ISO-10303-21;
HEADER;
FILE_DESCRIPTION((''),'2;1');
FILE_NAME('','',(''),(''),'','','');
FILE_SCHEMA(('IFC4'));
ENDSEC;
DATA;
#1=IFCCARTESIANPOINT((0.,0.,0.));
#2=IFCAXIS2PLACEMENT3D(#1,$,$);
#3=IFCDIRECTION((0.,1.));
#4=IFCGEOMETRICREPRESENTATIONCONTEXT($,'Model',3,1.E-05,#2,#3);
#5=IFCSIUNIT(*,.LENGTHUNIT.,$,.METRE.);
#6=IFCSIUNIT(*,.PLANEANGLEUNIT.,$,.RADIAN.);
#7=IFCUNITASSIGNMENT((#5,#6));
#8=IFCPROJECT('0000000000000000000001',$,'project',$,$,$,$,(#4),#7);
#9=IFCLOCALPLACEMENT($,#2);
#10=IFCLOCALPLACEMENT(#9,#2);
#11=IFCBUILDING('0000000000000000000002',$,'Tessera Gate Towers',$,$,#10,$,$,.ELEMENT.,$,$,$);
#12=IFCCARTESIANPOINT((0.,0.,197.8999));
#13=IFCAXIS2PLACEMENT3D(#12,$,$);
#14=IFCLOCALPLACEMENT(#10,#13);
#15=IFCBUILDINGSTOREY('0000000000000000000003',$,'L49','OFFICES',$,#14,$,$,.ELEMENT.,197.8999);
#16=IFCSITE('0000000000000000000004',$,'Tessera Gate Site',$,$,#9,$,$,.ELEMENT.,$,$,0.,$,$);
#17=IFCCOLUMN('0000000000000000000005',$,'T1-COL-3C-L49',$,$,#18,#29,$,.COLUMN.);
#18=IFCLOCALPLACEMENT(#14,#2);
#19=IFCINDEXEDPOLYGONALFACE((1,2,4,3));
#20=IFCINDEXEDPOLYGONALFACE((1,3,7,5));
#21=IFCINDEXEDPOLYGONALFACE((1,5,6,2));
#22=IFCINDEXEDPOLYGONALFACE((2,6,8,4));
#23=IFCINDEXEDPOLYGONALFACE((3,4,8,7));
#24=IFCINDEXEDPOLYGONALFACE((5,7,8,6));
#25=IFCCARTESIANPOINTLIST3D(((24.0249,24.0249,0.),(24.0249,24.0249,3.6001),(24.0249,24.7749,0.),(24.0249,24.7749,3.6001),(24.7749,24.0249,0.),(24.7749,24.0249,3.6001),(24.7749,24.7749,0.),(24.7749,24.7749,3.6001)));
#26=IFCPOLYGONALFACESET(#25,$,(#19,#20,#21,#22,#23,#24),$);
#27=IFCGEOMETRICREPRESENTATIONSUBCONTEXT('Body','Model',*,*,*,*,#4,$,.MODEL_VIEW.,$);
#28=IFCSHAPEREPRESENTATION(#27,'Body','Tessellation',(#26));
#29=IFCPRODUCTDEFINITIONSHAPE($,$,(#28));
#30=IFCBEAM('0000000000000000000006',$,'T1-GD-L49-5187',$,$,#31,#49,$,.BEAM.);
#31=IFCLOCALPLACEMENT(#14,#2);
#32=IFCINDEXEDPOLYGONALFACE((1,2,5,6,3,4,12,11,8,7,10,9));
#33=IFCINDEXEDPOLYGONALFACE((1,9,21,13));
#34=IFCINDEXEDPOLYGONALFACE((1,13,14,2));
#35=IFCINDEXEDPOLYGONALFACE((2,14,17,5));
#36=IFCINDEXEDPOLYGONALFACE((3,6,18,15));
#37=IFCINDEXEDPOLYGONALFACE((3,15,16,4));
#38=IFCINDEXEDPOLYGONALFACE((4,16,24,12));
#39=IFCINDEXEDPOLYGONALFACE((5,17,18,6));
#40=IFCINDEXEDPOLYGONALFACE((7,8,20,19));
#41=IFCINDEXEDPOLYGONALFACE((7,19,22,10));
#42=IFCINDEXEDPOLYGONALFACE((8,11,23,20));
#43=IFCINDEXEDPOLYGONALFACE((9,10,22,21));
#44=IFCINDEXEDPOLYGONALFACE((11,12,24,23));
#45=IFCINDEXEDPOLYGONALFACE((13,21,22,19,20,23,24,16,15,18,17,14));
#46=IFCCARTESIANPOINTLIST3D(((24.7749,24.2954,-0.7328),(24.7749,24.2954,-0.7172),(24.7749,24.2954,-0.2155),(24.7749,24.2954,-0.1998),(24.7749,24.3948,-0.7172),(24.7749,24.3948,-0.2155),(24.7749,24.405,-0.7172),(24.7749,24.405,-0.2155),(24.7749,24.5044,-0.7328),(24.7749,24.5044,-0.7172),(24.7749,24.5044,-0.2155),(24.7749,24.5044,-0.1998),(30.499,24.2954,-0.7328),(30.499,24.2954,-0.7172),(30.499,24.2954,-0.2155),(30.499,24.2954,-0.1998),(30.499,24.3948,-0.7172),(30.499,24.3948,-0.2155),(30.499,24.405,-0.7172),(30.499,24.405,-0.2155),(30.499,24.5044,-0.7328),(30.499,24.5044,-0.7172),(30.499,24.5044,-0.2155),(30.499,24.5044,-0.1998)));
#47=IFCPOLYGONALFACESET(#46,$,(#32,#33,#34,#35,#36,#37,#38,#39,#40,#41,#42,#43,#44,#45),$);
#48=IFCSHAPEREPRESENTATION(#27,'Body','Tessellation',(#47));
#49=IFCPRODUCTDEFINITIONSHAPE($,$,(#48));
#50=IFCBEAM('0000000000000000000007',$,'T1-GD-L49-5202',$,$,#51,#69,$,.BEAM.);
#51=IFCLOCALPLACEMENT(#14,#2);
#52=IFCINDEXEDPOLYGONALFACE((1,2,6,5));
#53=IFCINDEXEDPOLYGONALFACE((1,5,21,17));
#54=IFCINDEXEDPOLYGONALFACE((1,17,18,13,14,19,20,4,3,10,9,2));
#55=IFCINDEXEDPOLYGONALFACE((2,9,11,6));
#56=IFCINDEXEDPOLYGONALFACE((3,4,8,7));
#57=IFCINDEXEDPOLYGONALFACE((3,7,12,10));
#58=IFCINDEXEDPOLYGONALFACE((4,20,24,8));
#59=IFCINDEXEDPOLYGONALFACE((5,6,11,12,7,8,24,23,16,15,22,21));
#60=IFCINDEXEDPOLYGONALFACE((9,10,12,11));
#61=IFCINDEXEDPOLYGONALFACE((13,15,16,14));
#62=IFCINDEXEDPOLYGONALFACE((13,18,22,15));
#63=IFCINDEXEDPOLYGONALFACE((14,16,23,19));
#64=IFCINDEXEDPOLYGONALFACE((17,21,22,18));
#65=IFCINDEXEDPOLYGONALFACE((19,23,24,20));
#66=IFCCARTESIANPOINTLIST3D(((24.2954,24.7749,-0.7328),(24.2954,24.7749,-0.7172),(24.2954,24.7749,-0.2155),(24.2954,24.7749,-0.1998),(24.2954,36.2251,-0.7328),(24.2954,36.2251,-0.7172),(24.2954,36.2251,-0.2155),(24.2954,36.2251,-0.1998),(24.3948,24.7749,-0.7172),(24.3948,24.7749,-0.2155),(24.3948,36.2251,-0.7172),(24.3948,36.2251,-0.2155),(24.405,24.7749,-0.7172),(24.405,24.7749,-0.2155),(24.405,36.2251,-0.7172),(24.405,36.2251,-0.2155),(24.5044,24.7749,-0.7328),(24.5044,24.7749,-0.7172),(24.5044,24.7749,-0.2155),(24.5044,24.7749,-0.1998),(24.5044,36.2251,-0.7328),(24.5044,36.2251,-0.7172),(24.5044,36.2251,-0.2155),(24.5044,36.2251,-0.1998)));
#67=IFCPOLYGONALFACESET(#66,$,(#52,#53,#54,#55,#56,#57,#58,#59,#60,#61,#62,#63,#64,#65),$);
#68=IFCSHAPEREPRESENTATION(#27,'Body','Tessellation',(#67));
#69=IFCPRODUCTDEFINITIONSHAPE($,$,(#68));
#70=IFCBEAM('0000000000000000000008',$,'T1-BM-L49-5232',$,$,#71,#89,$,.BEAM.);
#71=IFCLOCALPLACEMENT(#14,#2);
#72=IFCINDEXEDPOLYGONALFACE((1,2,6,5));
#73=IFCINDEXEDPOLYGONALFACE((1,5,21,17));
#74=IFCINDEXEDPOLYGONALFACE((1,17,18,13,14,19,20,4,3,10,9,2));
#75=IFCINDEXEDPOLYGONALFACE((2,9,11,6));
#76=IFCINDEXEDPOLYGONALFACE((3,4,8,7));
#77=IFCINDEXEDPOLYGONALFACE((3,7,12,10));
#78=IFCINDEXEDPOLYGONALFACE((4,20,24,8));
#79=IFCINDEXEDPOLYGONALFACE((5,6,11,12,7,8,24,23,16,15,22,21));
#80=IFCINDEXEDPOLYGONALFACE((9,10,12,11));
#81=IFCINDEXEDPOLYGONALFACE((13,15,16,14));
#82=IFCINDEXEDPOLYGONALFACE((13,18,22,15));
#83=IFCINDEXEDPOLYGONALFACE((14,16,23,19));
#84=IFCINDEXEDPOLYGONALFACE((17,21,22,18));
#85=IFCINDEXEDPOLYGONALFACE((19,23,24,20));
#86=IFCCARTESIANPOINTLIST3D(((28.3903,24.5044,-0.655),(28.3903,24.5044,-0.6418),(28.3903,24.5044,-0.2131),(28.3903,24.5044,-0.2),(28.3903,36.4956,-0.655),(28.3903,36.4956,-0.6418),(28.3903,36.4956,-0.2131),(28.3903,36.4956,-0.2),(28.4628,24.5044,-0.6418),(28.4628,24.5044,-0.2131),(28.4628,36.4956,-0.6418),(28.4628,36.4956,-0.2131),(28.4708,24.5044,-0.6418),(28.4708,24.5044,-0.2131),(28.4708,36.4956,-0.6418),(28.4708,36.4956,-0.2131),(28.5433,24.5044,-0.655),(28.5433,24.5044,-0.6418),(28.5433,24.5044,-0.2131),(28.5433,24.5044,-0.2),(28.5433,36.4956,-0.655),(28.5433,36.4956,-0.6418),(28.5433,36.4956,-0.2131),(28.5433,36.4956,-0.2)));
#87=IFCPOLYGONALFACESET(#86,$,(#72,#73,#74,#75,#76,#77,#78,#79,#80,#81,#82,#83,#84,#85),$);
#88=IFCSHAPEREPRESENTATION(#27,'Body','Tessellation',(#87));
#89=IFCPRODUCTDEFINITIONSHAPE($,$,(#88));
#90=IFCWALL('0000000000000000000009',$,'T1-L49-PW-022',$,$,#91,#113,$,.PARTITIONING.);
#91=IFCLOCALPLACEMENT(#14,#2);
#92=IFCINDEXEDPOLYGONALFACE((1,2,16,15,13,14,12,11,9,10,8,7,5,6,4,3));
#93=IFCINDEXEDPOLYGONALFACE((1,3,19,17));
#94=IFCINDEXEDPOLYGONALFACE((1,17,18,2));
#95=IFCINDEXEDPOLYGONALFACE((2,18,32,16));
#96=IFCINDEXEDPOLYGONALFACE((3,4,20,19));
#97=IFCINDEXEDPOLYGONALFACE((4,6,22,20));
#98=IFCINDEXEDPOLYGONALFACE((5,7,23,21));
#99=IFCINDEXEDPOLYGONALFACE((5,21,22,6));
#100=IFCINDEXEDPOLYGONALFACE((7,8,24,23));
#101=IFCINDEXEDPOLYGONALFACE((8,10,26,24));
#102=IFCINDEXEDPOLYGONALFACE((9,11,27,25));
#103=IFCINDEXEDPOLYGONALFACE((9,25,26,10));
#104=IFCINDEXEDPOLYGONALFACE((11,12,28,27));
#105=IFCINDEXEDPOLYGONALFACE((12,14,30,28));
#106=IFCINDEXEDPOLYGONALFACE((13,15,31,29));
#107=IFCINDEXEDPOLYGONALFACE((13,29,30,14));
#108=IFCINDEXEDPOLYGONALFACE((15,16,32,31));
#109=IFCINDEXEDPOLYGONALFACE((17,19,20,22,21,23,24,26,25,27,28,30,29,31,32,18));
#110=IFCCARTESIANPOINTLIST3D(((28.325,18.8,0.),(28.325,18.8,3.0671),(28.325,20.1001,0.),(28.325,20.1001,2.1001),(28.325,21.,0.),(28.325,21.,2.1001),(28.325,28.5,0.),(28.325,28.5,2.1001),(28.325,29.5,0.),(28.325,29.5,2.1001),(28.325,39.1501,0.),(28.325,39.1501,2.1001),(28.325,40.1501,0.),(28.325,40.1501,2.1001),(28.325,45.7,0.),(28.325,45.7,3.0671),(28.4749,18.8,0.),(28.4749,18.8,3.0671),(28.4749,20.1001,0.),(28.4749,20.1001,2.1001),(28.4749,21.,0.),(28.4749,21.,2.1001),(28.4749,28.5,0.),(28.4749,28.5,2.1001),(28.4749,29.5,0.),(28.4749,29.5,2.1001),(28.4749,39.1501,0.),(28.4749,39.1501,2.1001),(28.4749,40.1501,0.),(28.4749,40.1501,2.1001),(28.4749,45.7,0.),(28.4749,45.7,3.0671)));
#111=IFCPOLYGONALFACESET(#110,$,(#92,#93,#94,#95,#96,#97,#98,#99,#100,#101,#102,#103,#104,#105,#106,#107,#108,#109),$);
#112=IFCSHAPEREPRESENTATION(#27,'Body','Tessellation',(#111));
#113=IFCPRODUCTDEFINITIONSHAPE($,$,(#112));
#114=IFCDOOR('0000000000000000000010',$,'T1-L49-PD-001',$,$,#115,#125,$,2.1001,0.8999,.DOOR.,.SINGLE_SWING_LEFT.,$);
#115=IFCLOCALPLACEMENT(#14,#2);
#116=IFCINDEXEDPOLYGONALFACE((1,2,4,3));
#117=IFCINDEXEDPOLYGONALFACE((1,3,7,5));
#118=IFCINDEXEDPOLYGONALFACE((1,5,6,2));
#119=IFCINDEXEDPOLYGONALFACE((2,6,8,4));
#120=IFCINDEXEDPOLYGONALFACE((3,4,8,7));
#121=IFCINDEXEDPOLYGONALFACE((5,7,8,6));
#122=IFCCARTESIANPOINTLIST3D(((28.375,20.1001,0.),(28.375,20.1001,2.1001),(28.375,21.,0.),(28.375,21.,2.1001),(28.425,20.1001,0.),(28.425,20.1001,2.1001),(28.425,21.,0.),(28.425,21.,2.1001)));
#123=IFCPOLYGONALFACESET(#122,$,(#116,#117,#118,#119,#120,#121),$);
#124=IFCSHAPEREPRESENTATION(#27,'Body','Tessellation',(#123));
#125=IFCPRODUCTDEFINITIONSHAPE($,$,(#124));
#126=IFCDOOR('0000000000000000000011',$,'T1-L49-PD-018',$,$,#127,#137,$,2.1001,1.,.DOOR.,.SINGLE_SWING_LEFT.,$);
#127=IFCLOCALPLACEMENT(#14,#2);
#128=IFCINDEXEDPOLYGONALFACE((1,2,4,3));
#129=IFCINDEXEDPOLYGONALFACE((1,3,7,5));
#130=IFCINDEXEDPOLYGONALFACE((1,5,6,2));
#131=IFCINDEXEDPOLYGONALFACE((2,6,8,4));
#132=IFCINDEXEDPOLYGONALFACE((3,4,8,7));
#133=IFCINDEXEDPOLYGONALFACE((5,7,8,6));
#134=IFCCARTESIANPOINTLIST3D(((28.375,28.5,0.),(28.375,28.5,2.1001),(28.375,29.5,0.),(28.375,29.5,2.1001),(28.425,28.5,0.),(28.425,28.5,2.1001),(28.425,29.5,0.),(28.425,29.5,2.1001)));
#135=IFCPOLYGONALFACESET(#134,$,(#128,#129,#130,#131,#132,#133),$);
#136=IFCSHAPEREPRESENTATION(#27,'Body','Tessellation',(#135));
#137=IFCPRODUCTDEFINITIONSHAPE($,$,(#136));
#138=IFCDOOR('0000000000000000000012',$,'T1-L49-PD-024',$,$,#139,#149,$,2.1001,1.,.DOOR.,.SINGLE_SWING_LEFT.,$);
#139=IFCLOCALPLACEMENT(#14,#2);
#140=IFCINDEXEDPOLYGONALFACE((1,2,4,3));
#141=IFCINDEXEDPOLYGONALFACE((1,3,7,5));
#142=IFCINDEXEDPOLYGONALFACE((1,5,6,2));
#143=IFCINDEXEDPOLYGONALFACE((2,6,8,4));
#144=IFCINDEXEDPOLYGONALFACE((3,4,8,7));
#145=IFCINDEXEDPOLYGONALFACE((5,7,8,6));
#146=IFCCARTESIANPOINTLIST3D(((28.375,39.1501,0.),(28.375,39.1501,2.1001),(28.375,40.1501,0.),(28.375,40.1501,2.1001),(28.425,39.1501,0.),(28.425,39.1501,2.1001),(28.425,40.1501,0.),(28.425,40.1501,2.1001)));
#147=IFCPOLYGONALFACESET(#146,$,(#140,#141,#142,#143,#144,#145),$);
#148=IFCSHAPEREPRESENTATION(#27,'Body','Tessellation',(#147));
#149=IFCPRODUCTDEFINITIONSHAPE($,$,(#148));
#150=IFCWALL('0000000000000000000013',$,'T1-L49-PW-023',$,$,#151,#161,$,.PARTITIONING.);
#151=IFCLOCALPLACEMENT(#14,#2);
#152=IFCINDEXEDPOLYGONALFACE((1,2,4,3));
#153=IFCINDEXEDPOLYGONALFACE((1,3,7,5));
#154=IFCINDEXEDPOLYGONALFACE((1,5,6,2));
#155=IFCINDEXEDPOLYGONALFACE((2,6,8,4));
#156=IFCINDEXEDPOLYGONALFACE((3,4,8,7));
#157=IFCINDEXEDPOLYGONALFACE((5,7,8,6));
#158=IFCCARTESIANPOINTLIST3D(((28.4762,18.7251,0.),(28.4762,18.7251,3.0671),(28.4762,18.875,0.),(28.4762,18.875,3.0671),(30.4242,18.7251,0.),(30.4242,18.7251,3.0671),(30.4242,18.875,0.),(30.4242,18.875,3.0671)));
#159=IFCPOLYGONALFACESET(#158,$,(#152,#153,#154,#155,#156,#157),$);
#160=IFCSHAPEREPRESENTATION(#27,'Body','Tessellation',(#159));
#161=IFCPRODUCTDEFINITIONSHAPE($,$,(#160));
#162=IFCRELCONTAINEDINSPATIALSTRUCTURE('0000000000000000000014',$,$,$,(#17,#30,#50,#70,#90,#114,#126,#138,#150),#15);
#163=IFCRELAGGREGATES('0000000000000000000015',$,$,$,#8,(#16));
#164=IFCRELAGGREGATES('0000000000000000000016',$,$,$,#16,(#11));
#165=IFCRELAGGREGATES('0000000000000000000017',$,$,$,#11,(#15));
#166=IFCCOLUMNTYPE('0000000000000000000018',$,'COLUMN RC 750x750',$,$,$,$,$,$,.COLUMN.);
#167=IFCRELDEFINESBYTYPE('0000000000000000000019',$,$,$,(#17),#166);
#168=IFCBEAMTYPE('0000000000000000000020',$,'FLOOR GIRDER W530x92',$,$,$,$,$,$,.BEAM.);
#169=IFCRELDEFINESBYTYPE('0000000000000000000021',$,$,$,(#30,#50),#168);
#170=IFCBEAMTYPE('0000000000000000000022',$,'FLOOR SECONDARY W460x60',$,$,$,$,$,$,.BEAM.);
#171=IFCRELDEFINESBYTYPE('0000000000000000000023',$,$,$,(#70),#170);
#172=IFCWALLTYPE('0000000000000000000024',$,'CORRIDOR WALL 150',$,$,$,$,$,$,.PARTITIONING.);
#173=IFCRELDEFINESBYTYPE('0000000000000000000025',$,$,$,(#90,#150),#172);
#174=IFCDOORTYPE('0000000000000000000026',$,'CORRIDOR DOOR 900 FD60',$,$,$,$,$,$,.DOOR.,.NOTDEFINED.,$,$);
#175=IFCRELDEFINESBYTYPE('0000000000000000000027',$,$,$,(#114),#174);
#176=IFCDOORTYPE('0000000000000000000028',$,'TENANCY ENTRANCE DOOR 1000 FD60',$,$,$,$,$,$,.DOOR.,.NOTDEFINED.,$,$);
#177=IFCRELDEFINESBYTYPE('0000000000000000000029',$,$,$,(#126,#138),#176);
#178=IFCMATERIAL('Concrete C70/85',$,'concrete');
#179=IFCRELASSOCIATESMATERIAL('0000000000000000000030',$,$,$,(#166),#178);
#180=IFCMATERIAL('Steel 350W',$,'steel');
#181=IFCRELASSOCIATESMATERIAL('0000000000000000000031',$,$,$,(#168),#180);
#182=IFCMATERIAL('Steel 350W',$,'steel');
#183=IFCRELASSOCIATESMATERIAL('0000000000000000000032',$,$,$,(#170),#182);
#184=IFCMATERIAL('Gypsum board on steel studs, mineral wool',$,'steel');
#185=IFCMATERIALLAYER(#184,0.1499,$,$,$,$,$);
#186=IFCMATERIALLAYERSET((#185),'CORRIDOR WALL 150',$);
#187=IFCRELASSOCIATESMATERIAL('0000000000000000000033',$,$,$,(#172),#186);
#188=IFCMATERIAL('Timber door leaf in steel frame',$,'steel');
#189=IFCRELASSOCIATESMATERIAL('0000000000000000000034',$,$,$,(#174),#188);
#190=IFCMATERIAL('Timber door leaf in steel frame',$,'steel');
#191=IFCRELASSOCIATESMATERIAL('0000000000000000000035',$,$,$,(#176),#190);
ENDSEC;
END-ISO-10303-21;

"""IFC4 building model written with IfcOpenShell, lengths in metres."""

from ifc_helpers import new_model, si_unit, direction, frame, frame_2d, origin, origin_2d, place, context, subcontext, project, spatial, rectangle, i_section, extrude, source, transform, mapped, material, layer, layer_set, material_profile, profile_set, type_object, element, fill, save


model = new_model("IFC4")

# Units and contexts
model_context = context("Model", 3, precision=1e-05, world=origin(), true_north=direction((0.0, 1.0)))
body_context = subcontext(model_context, "Body", "Model", "MODEL_VIEW")
ifc_project = project(units=[si_unit("LENGTHUNIT", "METRE"), si_unit("PLANEANGLEUNIT", "RADIAN")], contexts=[model_context])

# Site, building, storey
site_placement = place(None, origin())
site = spatial("IfcSite", under=ifc_project, at=site_placement, Name="Tessera Gate Site", CompositionType="ELEMENT", RefElevation=0.0)
building_placement = place(site_placement, origin())
building = spatial("IfcBuilding", under=site, at=building_placement, Name="Tessera Gate Towers", CompositionType="ELEMENT")
storey_placement = place(building_placement, frame((0.0, 0.0, 197.8999)))
storey = spatial("IfcBuildingStorey", under=building, at=storey_placement, Name="L49", Description="OFFICES", CompositionType="ELEMENT", Elevation=197.8999)

# Column
ifc_material_1 = material(Name="Concrete C70/85", Category="concrete")
ifc_material_profile_1 = material_profile(ifc_material_1, rectangle(XDim=0.75, YDim=0.75, at=origin_2d()), Name="RC 750x750")
ifc_profile_set_1 = profile_set([ifc_material_profile_1], Name="Concrete C70/85")
column_type = type_object("IfcColumnType", Name="COLUMN RC 750x750", PredefinedType="COLUMN", material=ifc_profile_set_1)
column_placement = place(storey_placement, frame((24.3999, 24.3999, 0.0), z_axis=(0.0, 0.0, 1.0), x_axis=(1.0, 0.0, 0.0)))
element("IfcColumn", 1, at=column_placement, inside=storey, type_object=column_type, Name="T1-COL-3C-L49", PredefinedType="COLUMN", context=body_context, shape_type="SweptSolid", body=[
    extrude(rectangle(XDim=0.75, YDim=0.75, at=origin_2d()), origin(), (0.0, 0.0, 1.0), 3.6001),
])

# Beams
ifc_material_2 = material(Name="Steel 350W", Category="steel")
ifc_material_profile_2 = material_profile(ifc_material_2, i_section(OverallWidth=0.209, OverallDepth=0.533, WebThickness=0.0103, FlangeThickness=0.0156, at=origin_2d()), Name="W530x92")
ifc_profile_set_2 = profile_set([ifc_material_profile_2], Name="Steel 350W")
beam_type_1 = type_object("IfcBeamType", Name="FLOOR GIRDER W530x92", PredefinedType="BEAM", material=ifc_profile_set_2)
beam_1_placement = place(storey_placement, frame((24.7749, 24.3999, -0.4663), z_axis=(1.0, 0.0, 0.0), x_axis=(0.0, 1.0, 0.0)))
element("IfcBeam", 2, at=beam_1_placement, inside=storey, type_object=beam_type_1, Name="T1-GD-L49-5187", PredefinedType="BEAM", context=body_context, shape_type="SweptSolid", body=[
    extrude(i_section(OverallWidth=0.209, OverallDepth=0.533, WebThickness=0.0103, FlangeThickness=0.0156, at=origin_2d()), origin(), (0.0, 0.0, 1.0), 5.7241),
])
beam_2_placement = place(storey_placement, frame((24.3999, 24.7749, -0.4663), z_axis=(0.0, 1.0, 0.0), x_axis=(-1.0, 0.0, 0.0)))
element("IfcBeam", 3, at=beam_2_placement, inside=storey, type_object=beam_type_1, Name="T1-GD-L49-5202", PredefinedType="BEAM", context=body_context, shape_type="SweptSolid", body=[
    extrude(i_section(OverallWidth=0.209, OverallDepth=0.533, WebThickness=0.0103, FlangeThickness=0.0156, at=origin_2d()), origin(), (0.0, 0.0, 1.0), 11.4502),
])
ifc_material_3 = material(Name="Steel 350W", Category="steel")
ifc_material_profile_3 = material_profile(ifc_material_3, i_section(OverallWidth=0.1531, OverallDepth=0.4551, WebThickness=0.0081, FlangeThickness=0.0132, at=origin_2d()), Name="W460x60")
ifc_profile_set_3 = profile_set([ifc_material_profile_3], Name="Steel 350W")
beam_type_2 = type_object("IfcBeamType", Name="FLOOR SECONDARY W460x60", PredefinedType="BEAM", material=ifc_profile_set_3)
beam_3_placement = place(storey_placement, frame((28.4668, 24.5044, -0.4275), z_axis=(0.0, 1.0, 0.0), x_axis=(-1.0, 0.0, 0.0)))
element("IfcBeam", 4, at=beam_3_placement, inside=storey, type_object=beam_type_2, Name="T1-BM-L49-5232", PredefinedType="BEAM", context=body_context, shape_type="SweptSolid", body=[
    extrude(i_section(OverallWidth=0.1531, OverallDepth=0.4551, WebThickness=0.0081, FlangeThickness=0.0132, at=origin_2d()), origin(), (0.0, 0.0, 1.0), 11.9912),
])

# Wall, openings, doors
ifc_material_4 = material(Name="Gypsum board on steel studs, mineral wool", Category="steel")
ifc_layer_1 = layer(ifc_material_4, 0.1499)
ifc_layer_set_1 = layer_set([ifc_layer_1], Name="CORRIDOR WALL 150")
wall_type_1 = type_object("IfcWallType", Name="CORRIDOR WALL 150", PredefinedType="PARTITIONING", material=ifc_layer_set_1)
wall_1_placement = place(storey_placement, frame((28.3999, 18.8, 0.0), z_axis=(0.0, 0.0, 1.0), x_axis=(0.0, 1.0, 0.0)))
wall_1 = element("IfcWall", 5, at=wall_1_placement, inside=storey, type_object=wall_type_1, Name="T1-L49-PW-022", PredefinedType="PARTITIONING", context=body_context, shape_type="SweptSolid", body=[
    extrude(rectangle(XDim=26.8999, YDim=0.1499, at=frame_2d((13.45, 0.0))), origin(), (0.0, 0.0, 1.0), 3.0671),
])
shared_shape_1 = source(origin(), body_context, "Body", "SweptSolid", [
    extrude(rectangle(XDim=0.8999, YDim=2.1001, at=frame_2d((0.45, 1.05))), frame((0.0, 0.085, 0.0), z_axis=(0.0, -1.0, 0.0), x_axis=(1.0, 0.0, 0.0)), (0.0, 0.0, 1.0), 0.1699),
])
opening_1_placement = place(wall_1_placement, frame((1.3, 0.0, 0.0)))
opening_1 = element("IfcOpeningElement", 6, at=opening_1_placement, cuts=wall_1, PredefinedType="OPENING", context=body_context, shape_type="MappedRepresentation", body=[
    mapped(shared_shape_1, transform((0.0, 0.0, 0.0), scale=1.0)),
])
shared_shape_2 = source(origin(), body_context, "Body", "SweptSolid", [
    extrude(rectangle(XDim=1.0, YDim=2.1001, at=frame_2d((0.5, 1.05))), frame((0.0, 0.085, 0.0), z_axis=(0.0, -1.0, 0.0), x_axis=(1.0, 0.0, 0.0)), (0.0, 0.0, 1.0), 0.1699),
])
opening_2_placement = place(wall_1_placement, frame((9.7, 0.0, 0.0)))
opening_2 = element("IfcOpeningElement", 7, at=opening_2_placement, cuts=wall_1, PredefinedType="OPENING", context=body_context, shape_type="MappedRepresentation", body=[
    mapped(shared_shape_2, transform((0.0, 0.0, 0.0), scale=1.0)),
])
opening_3_placement = place(wall_1_placement, frame((20.3501, 0.0, 0.0)))
opening_3 = element("IfcOpeningElement", 8, at=opening_3_placement, cuts=wall_1, PredefinedType="OPENING", context=body_context, shape_type="MappedRepresentation", body=[
    mapped(shared_shape_2, transform((0.0, 0.0, 0.0), scale=1.0)),
])
ifc_material_5 = material(Name="Timber door leaf in steel frame", Category="steel")
door_type_1 = type_object("IfcDoorType", Name="CORRIDOR DOOR 900 FD60", OperationType="NOTDEFINED", PredefinedType="DOOR", material=ifc_material_5)
shared_shape_3 = source(origin(), body_context, "Body", "SweptSolid", [
    extrude(rectangle(XDim=0.8999, YDim=2.1001, at=frame_2d((0.45, 1.05))), frame((0.0, 0.0249, 0.0), z_axis=(0.0, -1.0, 0.0), x_axis=(1.0, 0.0, 0.0)), (0.0, 0.0, 1.0), 0.05),
])
door_1_placement = place(opening_1_placement, origin())
door_1 = element("IfcDoor", 9, at=door_1_placement, inside=storey, type_object=door_type_1, Name="T1-L49-PD-001", OperationType="SINGLE_SWING_LEFT", OverallHeight=2.1001, OverallWidth=0.8999, PredefinedType="DOOR", context=body_context, shape_type="MappedRepresentation", body=[
    mapped(shared_shape_3, transform((0.0, 0.0, 0.0), scale=1.0)),
])
fill(opening_1, door_1)
ifc_material_6 = material(Name="Timber door leaf in steel frame", Category="steel")
door_type_2 = type_object("IfcDoorType", Name="TENANCY ENTRANCE DOOR 1000 FD60", OperationType="NOTDEFINED", PredefinedType="DOOR", material=ifc_material_6)
shared_shape_4 = source(origin(), body_context, "Body", "SweptSolid", [
    extrude(rectangle(XDim=1.0, YDim=2.1001, at=frame_2d((0.5, 1.05))), frame((0.0, 0.0249, 0.0), z_axis=(0.0, -1.0, 0.0), x_axis=(1.0, 0.0, 0.0)), (0.0, 0.0, 1.0), 0.05),
])
door_2_placement = place(opening_2_placement, origin())
door_2 = element("IfcDoor", 10, at=door_2_placement, inside=storey, type_object=door_type_2, Name="T1-L49-PD-018", OperationType="SINGLE_SWING_LEFT", OverallHeight=2.1001, OverallWidth=1.0, PredefinedType="DOOR", context=body_context, shape_type="MappedRepresentation", body=[
    mapped(shared_shape_4, transform((0.0, 0.0, 0.0), scale=1.0)),
])
fill(opening_2, door_2)
door_3_placement = place(opening_3_placement, origin())
door_3 = element("IfcDoor", 11, at=door_3_placement, inside=storey, type_object=door_type_2, Name="T1-L49-PD-024", OperationType="SINGLE_SWING_LEFT", OverallHeight=2.1001, OverallWidth=1.0, PredefinedType="DOOR", context=body_context, shape_type="MappedRepresentation", body=[
    mapped(shared_shape_4, transform((0.0, 0.0, 0.0), scale=1.0)),
])
fill(opening_3, door_3)

# Wall
wall_2_placement = place(storey_placement, frame((28.4761, 18.8, 0.0), z_axis=(0.0, 0.0, 1.0), x_axis=(1.0, 0.0, 0.0)))
element("IfcWall", 12, at=wall_2_placement, inside=storey, type_object=wall_type_1, Name="T1-L49-PW-023", PredefinedType="PARTITIONING", context=body_context, shape_type="SweptSolid", body=[
    extrude(rectangle(XDim=1.948, YDim=0.1499, at=frame_2d((0.9741, 0.0))), origin(), (0.0, 0.0, 1.0), 3.0671),
])

save(model, "model.ifc")
